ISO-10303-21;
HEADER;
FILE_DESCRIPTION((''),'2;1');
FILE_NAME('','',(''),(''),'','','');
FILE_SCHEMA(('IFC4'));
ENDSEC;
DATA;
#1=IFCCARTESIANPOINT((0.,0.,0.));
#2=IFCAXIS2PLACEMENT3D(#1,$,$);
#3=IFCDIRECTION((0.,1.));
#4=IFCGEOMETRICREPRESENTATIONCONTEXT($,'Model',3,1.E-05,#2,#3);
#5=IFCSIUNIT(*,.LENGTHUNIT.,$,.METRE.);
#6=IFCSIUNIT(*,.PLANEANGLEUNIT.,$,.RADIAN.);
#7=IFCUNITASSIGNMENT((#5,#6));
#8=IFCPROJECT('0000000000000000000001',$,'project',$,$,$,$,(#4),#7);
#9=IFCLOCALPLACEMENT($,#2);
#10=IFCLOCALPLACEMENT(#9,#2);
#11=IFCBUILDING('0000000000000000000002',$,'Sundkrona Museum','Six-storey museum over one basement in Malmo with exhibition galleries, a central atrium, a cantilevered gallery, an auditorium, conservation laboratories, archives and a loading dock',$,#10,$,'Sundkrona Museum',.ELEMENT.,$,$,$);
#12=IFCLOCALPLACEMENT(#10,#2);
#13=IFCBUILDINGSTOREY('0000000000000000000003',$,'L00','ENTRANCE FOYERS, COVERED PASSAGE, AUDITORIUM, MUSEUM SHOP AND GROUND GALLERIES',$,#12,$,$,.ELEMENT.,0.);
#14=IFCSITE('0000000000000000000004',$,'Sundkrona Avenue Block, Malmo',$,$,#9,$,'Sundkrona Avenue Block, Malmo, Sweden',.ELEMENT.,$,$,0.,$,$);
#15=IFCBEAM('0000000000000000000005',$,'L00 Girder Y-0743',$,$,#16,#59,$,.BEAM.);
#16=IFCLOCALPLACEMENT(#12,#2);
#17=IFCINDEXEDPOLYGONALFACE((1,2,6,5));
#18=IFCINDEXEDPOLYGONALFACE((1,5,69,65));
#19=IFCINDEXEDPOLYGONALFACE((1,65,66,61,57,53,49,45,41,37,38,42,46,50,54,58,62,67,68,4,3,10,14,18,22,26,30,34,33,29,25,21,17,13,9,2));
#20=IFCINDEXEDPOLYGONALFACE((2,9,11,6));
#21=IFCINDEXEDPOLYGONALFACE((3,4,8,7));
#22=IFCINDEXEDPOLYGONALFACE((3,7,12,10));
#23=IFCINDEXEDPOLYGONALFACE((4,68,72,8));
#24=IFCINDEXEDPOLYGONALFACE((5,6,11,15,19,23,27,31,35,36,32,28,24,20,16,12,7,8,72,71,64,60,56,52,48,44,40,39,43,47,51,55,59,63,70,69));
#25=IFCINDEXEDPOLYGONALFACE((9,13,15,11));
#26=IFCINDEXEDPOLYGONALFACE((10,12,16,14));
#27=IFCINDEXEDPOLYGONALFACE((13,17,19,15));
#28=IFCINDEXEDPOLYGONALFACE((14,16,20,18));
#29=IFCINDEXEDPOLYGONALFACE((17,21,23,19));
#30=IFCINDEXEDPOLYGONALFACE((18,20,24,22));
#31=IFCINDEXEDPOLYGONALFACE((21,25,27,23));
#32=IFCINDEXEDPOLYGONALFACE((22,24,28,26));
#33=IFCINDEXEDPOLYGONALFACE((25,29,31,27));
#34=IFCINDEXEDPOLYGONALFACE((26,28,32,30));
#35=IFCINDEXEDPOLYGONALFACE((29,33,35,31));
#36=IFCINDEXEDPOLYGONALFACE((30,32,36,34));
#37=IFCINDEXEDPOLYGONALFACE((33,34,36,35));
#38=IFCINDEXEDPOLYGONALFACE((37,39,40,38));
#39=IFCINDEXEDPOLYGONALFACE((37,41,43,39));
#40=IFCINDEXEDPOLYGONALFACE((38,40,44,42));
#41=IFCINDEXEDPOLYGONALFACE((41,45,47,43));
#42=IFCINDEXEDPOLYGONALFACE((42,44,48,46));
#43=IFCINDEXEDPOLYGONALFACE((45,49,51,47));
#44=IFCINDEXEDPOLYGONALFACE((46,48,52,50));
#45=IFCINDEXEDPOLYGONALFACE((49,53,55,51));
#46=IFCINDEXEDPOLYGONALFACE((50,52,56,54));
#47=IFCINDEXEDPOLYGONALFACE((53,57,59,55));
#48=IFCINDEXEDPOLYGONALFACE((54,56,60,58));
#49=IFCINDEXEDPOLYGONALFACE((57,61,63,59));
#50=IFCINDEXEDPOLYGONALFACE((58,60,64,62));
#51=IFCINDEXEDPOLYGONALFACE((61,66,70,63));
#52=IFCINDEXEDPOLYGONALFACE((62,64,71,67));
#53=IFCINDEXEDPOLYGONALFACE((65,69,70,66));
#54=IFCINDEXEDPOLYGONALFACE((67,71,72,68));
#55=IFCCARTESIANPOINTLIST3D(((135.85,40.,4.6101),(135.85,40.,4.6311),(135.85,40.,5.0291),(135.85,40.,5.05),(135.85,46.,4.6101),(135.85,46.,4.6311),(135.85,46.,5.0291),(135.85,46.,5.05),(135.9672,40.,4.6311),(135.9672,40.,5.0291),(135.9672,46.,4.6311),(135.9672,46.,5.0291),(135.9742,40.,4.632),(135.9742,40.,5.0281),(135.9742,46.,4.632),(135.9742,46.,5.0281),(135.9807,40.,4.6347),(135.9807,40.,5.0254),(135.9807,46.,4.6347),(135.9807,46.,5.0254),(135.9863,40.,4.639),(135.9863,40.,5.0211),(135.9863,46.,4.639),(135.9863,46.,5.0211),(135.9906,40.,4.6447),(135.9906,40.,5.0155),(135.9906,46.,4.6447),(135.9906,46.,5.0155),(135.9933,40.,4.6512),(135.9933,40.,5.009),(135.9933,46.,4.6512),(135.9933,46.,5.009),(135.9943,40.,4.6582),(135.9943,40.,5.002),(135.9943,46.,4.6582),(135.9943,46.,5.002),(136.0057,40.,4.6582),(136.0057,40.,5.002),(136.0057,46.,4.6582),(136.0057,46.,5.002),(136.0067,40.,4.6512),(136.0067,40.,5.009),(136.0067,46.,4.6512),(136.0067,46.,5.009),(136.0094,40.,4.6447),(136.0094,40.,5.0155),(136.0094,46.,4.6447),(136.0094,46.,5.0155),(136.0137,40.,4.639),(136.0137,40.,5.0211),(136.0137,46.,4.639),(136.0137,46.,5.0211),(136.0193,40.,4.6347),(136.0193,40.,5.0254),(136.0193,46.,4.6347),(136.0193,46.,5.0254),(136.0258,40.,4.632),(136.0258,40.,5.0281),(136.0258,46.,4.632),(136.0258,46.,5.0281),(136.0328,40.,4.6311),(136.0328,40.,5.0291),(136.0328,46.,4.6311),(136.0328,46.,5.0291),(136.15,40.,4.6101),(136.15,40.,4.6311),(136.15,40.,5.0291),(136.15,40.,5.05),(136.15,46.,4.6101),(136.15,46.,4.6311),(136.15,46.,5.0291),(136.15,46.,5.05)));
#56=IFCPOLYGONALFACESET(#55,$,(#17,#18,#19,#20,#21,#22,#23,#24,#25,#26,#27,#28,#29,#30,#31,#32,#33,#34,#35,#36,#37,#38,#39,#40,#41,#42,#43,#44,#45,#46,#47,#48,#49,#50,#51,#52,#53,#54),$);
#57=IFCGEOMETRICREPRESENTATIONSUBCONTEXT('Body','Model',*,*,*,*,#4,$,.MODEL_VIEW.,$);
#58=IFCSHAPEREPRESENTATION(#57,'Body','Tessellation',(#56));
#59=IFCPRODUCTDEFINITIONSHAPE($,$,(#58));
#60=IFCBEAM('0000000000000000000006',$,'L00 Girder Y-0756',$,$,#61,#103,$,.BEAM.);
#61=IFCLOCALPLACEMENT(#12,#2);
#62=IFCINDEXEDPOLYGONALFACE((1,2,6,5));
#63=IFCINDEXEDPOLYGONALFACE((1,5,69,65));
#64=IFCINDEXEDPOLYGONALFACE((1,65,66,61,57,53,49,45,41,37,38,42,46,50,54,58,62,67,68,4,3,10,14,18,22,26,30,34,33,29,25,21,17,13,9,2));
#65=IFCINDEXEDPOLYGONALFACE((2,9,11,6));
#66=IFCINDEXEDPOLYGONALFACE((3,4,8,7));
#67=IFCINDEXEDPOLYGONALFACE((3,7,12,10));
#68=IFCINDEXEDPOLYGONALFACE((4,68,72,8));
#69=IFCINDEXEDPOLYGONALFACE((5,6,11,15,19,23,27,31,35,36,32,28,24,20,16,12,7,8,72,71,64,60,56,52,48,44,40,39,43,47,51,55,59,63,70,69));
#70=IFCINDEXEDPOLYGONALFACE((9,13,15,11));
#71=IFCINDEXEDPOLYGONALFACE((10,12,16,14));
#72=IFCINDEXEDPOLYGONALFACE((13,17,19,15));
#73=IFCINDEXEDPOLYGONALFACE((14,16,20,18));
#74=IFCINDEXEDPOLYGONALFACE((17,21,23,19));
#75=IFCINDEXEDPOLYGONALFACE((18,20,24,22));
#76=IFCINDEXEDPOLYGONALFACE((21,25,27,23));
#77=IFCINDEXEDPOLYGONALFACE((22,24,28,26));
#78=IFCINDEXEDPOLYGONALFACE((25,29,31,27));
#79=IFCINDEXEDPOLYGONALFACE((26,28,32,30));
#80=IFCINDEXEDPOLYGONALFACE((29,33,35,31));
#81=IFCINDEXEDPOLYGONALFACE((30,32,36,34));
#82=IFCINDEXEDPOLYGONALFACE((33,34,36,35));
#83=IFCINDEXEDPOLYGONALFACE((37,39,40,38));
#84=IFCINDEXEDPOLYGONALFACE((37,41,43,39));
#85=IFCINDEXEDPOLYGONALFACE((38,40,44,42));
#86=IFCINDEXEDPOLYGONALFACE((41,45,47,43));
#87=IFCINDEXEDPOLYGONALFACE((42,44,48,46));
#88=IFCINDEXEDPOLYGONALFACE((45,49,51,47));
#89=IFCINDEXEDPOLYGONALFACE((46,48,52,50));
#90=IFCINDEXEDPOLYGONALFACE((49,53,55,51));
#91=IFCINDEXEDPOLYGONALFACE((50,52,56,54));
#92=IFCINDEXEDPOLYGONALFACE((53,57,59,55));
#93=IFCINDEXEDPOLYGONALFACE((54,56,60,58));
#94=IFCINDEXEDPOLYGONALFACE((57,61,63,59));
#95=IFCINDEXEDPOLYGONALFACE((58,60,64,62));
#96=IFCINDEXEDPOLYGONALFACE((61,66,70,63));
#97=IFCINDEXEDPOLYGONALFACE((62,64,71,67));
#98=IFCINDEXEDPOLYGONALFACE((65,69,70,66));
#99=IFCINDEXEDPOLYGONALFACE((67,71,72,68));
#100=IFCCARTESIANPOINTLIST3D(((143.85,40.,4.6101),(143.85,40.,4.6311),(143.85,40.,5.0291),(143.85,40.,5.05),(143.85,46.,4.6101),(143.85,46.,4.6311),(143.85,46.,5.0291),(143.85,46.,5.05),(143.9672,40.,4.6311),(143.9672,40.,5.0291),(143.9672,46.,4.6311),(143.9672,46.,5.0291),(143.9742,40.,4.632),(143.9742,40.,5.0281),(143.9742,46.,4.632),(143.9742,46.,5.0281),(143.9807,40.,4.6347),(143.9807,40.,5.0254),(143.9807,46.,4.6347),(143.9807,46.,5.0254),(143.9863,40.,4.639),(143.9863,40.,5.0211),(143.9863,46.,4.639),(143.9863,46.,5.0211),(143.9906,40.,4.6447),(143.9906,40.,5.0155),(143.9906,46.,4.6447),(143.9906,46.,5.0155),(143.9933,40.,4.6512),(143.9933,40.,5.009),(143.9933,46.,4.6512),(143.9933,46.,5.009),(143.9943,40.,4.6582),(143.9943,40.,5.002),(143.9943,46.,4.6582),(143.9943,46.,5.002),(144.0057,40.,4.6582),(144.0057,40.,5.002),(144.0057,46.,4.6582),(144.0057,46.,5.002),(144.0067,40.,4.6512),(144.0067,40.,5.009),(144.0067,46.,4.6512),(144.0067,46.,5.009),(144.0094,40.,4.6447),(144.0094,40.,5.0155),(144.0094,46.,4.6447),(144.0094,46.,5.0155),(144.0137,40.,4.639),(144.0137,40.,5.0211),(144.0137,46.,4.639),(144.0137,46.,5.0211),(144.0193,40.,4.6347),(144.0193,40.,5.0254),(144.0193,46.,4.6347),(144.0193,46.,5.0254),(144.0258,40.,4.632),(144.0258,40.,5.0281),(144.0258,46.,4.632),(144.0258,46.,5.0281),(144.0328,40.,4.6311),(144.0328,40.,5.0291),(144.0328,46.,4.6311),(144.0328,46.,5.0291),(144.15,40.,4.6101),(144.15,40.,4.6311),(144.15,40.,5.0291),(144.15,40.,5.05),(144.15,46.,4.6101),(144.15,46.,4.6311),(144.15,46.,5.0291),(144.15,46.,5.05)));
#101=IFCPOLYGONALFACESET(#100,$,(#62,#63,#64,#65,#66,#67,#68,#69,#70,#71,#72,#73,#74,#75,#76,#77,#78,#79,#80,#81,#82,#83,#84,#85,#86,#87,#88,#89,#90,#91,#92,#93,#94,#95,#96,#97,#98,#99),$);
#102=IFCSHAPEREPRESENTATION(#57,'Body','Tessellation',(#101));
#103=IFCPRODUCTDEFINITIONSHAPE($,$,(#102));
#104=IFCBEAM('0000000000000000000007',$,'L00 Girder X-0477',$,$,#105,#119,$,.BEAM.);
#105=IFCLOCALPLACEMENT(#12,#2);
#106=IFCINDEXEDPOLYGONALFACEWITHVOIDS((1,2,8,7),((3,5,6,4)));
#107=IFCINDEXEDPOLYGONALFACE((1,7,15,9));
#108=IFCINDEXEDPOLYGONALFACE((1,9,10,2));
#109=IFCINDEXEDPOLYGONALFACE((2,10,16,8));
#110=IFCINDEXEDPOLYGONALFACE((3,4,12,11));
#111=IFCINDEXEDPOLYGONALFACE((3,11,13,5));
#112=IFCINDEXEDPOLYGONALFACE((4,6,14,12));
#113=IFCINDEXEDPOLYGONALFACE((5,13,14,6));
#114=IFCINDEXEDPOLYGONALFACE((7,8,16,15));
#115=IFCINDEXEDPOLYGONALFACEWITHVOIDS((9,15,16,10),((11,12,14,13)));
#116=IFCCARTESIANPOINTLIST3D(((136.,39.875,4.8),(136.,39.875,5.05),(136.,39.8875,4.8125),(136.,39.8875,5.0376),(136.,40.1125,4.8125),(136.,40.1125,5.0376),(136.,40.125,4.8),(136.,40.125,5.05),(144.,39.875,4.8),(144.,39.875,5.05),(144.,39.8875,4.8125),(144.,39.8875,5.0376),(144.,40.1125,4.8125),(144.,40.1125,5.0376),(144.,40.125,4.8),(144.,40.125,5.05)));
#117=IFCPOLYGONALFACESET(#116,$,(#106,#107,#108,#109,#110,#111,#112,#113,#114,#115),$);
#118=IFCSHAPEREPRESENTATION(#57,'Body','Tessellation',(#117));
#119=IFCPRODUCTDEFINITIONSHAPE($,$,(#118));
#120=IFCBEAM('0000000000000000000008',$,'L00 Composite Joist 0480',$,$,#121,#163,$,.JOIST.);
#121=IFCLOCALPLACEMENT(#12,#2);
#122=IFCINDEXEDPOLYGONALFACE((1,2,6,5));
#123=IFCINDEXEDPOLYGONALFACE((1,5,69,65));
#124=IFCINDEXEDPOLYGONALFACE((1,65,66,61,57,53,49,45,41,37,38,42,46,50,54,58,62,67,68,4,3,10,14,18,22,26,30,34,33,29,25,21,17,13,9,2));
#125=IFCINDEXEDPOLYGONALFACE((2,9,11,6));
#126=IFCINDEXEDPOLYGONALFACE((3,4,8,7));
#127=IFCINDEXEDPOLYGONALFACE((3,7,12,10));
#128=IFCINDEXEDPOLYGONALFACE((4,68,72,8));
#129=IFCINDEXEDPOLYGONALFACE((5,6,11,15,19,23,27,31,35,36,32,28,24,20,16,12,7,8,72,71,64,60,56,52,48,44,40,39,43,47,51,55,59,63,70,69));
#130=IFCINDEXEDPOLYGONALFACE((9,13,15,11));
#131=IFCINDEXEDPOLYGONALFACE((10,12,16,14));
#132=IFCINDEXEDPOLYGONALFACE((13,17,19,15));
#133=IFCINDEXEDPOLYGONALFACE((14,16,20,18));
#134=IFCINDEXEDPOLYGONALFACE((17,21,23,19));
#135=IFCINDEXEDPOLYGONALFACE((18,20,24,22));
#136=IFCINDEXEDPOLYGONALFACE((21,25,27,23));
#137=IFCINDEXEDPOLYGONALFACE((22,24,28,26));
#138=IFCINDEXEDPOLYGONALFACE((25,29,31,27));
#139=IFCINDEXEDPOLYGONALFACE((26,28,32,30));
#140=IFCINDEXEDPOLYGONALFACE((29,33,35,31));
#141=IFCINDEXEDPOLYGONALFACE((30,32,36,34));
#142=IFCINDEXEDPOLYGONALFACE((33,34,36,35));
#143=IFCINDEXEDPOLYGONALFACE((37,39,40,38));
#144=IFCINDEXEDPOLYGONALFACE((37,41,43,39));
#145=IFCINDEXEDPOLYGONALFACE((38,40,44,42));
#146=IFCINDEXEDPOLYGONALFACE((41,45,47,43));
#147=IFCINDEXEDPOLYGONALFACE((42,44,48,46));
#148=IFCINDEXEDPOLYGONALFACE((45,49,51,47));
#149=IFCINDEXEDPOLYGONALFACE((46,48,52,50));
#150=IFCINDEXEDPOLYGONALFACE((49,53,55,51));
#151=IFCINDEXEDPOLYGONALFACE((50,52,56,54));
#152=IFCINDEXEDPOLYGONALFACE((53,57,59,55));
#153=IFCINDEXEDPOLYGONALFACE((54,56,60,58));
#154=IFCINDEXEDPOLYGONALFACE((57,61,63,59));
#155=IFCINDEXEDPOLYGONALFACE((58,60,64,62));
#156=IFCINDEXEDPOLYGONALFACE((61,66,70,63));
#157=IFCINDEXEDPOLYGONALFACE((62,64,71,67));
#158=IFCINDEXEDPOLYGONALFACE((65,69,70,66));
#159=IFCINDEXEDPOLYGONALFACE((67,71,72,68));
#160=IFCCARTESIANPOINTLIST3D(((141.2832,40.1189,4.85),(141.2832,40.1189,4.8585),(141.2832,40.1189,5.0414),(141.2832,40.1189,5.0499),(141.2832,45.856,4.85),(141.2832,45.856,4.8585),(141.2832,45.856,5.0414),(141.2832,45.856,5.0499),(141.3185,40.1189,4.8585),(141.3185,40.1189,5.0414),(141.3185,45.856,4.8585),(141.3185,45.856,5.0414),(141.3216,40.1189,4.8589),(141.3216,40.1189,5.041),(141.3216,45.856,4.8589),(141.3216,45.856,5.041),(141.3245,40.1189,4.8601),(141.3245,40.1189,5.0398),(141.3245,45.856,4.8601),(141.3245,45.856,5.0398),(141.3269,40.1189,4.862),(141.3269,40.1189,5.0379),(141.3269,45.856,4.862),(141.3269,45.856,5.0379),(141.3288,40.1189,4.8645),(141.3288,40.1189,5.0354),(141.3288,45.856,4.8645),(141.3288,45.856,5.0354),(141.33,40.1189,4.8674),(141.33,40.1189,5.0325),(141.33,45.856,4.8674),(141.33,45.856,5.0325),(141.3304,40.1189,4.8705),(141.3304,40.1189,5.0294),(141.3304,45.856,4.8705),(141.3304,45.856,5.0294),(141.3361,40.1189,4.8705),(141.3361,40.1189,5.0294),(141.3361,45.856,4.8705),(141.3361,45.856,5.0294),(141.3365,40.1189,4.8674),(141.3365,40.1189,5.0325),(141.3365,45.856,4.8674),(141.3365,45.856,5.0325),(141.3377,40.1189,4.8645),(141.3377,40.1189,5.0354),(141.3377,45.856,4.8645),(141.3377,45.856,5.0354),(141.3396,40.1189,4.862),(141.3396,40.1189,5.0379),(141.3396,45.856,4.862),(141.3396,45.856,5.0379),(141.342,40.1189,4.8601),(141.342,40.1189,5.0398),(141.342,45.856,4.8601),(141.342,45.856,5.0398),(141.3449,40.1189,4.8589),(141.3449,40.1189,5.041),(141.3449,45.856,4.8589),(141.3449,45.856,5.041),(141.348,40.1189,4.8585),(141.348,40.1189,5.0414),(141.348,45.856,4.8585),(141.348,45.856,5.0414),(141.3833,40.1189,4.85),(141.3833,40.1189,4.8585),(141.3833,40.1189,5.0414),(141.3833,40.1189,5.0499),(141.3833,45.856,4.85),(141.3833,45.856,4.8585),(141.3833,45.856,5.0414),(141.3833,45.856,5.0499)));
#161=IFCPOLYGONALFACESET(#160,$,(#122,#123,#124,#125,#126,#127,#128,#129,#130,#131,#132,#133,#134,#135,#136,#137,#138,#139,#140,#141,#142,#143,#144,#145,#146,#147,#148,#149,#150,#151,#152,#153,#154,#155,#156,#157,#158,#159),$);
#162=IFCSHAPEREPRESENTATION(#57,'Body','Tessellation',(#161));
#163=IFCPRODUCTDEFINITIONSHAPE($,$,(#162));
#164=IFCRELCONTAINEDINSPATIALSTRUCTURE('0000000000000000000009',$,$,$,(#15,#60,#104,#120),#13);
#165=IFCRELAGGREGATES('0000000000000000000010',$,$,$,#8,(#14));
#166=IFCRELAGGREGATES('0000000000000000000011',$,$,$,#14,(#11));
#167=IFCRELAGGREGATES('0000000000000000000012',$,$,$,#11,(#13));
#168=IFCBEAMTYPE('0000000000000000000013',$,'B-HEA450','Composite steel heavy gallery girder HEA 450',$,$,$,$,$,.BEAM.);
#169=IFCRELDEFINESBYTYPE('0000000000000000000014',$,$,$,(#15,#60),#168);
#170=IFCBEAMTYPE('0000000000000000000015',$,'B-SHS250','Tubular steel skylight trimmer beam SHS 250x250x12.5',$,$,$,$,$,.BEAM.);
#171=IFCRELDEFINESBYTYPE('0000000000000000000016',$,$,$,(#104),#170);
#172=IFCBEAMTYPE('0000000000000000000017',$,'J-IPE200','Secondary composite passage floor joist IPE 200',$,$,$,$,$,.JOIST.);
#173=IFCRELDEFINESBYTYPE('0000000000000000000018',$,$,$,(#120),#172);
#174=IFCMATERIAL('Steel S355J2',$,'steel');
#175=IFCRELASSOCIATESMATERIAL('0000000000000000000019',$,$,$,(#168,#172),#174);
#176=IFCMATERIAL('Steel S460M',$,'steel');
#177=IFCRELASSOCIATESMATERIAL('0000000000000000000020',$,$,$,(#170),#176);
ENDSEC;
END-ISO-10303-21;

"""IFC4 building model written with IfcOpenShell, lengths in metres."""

from ifc_helpers import new_model, si_unit, direction, frame, origin, origin_2d, place, context, subcontext, project, spatial, hollow_rectangle, i_section, extrude, material, material_profile, profile_set, type_object, element, save


model = new_model("IFC4")

# Units and contexts
model_context = context("Model", 3, precision=1e-05, world=origin(), true_north=direction((0.0, 1.0)))
body_context = subcontext(model_context, "Body", "Model", "MODEL_VIEW")
ifc_project = project(units=[si_unit("LENGTHUNIT", "METRE"), si_unit("PLANEANGLEUNIT", "RADIAN")], contexts=[model_context])

# Site, building, storey
site_placement = place(None, origin())
site = spatial("IfcSite", under=ifc_project, at=site_placement, Name="Sundkrona Avenue Block, Malmo", LongName="Sundkrona Avenue Block, Malmo, Sweden", CompositionType="ELEMENT", RefElevation=0.0)
building_placement = place(site_placement, origin())
building = spatial("IfcBuilding", under=site, at=building_placement, Name="Sundkrona Museum", Description="Six-storey museum over one basement in Malmo with exhibition galleries, a central atrium, a cantilevered gallery, an auditorium, conservation laboratories, archives and a loading dock", LongName="Sundkrona Museum", CompositionType="ELEMENT")
storey_placement = place(building_placement, origin())
storey = spatial("IfcBuildingStorey", under=building, at=storey_placement, Name="L00", Description="ENTRANCE FOYERS, COVERED PASSAGE, AUDITORIUM, MUSEUM SHOP AND GROUND GALLERIES", CompositionType="ELEMENT", Elevation=0.0)

# Shared definitions
ifc_material_1 = material(Name="Steel S355J2", Category="steel")

# Beams
ifc_material_profile_1 = material_profile(ifc_material_1, i_section(OverallWidth=0.3, OverallDepth=0.4399, WebThickness=0.0115, FlangeThickness=0.021, FilletRadius=0.0271, at=origin_2d()), Name="HEA 450")
ifc_profile_set_1 = profile_set([ifc_material_profile_1], Name="Steel S355J2")
beam_type_1 = type_object("IfcBeamType", Name="B-HEA450", Description="Composite steel heavy gallery girder HEA 450", PredefinedType="BEAM", material=ifc_profile_set_1)
for number, where, z_axis, x_axis, name in (
    (1, (136.0, 40.0, 4.8301), (0.0, 1.0, 0.0), (-1.0, 0.0, 0.0), "L00 Girder Y-0743"),
    (2, (144.0, 40.0, 4.8301), (0.0, 1.0, 0.0), (-1.0, 0.0, 0.0), "L00 Girder Y-0756"),
):
    element("IfcBeam", number, at=place(storey_placement, frame(where, z_axis=z_axis, x_axis=x_axis)), inside=storey, type_object=beam_type_1, Name=name, PredefinedType="BEAM", context=body_context, shape_type="SweptSolid", body=[
        extrude(i_section(OverallWidth=0.3, OverallDepth=0.4399, WebThickness=0.0115, FlangeThickness=0.021, FilletRadius=0.0271, at=origin_2d()), origin(), (0.0, 0.0, 1.0), 6.0),
    ])
ifc_material_2 = material(Name="Steel S460M", Category="steel")
ifc_material_profile_2 = material_profile(ifc_material_2, hollow_rectangle(XDim=0.25, YDim=0.25, WallThickness=0.0125, at=origin_2d()), Name="SHS 250x250x12.5")
ifc_profile_set_2 = profile_set([ifc_material_profile_2], Name="Steel S460M")
beam_type_2 = type_object("IfcBeamType", Name="B-SHS250", Description="Tubular steel skylight trimmer beam SHS 250x250x12.5", PredefinedType="BEAM", material=ifc_profile_set_2)
beam_1_placement = place(storey_placement, frame((136.0, 40.0, 4.925), z_axis=(1.0, 0.0, 0.0), x_axis=(0.0, 1.0, 0.0)))
element("IfcBeam", 3, at=beam_1_placement, inside=storey, type_object=beam_type_2, Name="L00 Girder X-0477", PredefinedType="BEAM", context=body_context, shape_type="SweptSolid", body=[
    extrude(hollow_rectangle(XDim=0.25, YDim=0.25, WallThickness=0.0125, at=origin_2d()), origin(), (0.0, 0.0, 1.0), 8.0),
])
ifc_material_profile_3 = material_profile(ifc_material_1, i_section(OverallWidth=0.1001, OverallDepth=0.2, WebThickness=0.0056, FlangeThickness=0.0085, FilletRadius=0.012, at=origin_2d()), Name="IPE 200")
ifc_profile_set_3 = profile_set([ifc_material_profile_3], Name="Steel S355J2")
beam_type_3 = type_object("IfcBeamType", Name="J-IPE200", Description="Secondary composite passage floor joist IPE 200", PredefinedType="JOIST", material=ifc_profile_set_3)
beam_2_placement = place(storey_placement, frame((141.3333, 40.1189, 4.95), z_axis=(0.0, 1.0, 0.0), x_axis=(-1.0, 0.0, 0.0)))
element("IfcBeam", 4, at=beam_2_placement, inside=storey, type_object=beam_type_3, Name="L00 Composite Joist 0480", PredefinedType="JOIST", context=body_context, shape_type="SweptSolid", body=[
    extrude(i_section(OverallWidth=0.1001, OverallDepth=0.2, WebThickness=0.0056, FlangeThickness=0.0085, FilletRadius=0.012, at=origin_2d()), origin(), (0.0, 0.0, 1.0), 5.7371),
])

save(model, "model.ifc")
